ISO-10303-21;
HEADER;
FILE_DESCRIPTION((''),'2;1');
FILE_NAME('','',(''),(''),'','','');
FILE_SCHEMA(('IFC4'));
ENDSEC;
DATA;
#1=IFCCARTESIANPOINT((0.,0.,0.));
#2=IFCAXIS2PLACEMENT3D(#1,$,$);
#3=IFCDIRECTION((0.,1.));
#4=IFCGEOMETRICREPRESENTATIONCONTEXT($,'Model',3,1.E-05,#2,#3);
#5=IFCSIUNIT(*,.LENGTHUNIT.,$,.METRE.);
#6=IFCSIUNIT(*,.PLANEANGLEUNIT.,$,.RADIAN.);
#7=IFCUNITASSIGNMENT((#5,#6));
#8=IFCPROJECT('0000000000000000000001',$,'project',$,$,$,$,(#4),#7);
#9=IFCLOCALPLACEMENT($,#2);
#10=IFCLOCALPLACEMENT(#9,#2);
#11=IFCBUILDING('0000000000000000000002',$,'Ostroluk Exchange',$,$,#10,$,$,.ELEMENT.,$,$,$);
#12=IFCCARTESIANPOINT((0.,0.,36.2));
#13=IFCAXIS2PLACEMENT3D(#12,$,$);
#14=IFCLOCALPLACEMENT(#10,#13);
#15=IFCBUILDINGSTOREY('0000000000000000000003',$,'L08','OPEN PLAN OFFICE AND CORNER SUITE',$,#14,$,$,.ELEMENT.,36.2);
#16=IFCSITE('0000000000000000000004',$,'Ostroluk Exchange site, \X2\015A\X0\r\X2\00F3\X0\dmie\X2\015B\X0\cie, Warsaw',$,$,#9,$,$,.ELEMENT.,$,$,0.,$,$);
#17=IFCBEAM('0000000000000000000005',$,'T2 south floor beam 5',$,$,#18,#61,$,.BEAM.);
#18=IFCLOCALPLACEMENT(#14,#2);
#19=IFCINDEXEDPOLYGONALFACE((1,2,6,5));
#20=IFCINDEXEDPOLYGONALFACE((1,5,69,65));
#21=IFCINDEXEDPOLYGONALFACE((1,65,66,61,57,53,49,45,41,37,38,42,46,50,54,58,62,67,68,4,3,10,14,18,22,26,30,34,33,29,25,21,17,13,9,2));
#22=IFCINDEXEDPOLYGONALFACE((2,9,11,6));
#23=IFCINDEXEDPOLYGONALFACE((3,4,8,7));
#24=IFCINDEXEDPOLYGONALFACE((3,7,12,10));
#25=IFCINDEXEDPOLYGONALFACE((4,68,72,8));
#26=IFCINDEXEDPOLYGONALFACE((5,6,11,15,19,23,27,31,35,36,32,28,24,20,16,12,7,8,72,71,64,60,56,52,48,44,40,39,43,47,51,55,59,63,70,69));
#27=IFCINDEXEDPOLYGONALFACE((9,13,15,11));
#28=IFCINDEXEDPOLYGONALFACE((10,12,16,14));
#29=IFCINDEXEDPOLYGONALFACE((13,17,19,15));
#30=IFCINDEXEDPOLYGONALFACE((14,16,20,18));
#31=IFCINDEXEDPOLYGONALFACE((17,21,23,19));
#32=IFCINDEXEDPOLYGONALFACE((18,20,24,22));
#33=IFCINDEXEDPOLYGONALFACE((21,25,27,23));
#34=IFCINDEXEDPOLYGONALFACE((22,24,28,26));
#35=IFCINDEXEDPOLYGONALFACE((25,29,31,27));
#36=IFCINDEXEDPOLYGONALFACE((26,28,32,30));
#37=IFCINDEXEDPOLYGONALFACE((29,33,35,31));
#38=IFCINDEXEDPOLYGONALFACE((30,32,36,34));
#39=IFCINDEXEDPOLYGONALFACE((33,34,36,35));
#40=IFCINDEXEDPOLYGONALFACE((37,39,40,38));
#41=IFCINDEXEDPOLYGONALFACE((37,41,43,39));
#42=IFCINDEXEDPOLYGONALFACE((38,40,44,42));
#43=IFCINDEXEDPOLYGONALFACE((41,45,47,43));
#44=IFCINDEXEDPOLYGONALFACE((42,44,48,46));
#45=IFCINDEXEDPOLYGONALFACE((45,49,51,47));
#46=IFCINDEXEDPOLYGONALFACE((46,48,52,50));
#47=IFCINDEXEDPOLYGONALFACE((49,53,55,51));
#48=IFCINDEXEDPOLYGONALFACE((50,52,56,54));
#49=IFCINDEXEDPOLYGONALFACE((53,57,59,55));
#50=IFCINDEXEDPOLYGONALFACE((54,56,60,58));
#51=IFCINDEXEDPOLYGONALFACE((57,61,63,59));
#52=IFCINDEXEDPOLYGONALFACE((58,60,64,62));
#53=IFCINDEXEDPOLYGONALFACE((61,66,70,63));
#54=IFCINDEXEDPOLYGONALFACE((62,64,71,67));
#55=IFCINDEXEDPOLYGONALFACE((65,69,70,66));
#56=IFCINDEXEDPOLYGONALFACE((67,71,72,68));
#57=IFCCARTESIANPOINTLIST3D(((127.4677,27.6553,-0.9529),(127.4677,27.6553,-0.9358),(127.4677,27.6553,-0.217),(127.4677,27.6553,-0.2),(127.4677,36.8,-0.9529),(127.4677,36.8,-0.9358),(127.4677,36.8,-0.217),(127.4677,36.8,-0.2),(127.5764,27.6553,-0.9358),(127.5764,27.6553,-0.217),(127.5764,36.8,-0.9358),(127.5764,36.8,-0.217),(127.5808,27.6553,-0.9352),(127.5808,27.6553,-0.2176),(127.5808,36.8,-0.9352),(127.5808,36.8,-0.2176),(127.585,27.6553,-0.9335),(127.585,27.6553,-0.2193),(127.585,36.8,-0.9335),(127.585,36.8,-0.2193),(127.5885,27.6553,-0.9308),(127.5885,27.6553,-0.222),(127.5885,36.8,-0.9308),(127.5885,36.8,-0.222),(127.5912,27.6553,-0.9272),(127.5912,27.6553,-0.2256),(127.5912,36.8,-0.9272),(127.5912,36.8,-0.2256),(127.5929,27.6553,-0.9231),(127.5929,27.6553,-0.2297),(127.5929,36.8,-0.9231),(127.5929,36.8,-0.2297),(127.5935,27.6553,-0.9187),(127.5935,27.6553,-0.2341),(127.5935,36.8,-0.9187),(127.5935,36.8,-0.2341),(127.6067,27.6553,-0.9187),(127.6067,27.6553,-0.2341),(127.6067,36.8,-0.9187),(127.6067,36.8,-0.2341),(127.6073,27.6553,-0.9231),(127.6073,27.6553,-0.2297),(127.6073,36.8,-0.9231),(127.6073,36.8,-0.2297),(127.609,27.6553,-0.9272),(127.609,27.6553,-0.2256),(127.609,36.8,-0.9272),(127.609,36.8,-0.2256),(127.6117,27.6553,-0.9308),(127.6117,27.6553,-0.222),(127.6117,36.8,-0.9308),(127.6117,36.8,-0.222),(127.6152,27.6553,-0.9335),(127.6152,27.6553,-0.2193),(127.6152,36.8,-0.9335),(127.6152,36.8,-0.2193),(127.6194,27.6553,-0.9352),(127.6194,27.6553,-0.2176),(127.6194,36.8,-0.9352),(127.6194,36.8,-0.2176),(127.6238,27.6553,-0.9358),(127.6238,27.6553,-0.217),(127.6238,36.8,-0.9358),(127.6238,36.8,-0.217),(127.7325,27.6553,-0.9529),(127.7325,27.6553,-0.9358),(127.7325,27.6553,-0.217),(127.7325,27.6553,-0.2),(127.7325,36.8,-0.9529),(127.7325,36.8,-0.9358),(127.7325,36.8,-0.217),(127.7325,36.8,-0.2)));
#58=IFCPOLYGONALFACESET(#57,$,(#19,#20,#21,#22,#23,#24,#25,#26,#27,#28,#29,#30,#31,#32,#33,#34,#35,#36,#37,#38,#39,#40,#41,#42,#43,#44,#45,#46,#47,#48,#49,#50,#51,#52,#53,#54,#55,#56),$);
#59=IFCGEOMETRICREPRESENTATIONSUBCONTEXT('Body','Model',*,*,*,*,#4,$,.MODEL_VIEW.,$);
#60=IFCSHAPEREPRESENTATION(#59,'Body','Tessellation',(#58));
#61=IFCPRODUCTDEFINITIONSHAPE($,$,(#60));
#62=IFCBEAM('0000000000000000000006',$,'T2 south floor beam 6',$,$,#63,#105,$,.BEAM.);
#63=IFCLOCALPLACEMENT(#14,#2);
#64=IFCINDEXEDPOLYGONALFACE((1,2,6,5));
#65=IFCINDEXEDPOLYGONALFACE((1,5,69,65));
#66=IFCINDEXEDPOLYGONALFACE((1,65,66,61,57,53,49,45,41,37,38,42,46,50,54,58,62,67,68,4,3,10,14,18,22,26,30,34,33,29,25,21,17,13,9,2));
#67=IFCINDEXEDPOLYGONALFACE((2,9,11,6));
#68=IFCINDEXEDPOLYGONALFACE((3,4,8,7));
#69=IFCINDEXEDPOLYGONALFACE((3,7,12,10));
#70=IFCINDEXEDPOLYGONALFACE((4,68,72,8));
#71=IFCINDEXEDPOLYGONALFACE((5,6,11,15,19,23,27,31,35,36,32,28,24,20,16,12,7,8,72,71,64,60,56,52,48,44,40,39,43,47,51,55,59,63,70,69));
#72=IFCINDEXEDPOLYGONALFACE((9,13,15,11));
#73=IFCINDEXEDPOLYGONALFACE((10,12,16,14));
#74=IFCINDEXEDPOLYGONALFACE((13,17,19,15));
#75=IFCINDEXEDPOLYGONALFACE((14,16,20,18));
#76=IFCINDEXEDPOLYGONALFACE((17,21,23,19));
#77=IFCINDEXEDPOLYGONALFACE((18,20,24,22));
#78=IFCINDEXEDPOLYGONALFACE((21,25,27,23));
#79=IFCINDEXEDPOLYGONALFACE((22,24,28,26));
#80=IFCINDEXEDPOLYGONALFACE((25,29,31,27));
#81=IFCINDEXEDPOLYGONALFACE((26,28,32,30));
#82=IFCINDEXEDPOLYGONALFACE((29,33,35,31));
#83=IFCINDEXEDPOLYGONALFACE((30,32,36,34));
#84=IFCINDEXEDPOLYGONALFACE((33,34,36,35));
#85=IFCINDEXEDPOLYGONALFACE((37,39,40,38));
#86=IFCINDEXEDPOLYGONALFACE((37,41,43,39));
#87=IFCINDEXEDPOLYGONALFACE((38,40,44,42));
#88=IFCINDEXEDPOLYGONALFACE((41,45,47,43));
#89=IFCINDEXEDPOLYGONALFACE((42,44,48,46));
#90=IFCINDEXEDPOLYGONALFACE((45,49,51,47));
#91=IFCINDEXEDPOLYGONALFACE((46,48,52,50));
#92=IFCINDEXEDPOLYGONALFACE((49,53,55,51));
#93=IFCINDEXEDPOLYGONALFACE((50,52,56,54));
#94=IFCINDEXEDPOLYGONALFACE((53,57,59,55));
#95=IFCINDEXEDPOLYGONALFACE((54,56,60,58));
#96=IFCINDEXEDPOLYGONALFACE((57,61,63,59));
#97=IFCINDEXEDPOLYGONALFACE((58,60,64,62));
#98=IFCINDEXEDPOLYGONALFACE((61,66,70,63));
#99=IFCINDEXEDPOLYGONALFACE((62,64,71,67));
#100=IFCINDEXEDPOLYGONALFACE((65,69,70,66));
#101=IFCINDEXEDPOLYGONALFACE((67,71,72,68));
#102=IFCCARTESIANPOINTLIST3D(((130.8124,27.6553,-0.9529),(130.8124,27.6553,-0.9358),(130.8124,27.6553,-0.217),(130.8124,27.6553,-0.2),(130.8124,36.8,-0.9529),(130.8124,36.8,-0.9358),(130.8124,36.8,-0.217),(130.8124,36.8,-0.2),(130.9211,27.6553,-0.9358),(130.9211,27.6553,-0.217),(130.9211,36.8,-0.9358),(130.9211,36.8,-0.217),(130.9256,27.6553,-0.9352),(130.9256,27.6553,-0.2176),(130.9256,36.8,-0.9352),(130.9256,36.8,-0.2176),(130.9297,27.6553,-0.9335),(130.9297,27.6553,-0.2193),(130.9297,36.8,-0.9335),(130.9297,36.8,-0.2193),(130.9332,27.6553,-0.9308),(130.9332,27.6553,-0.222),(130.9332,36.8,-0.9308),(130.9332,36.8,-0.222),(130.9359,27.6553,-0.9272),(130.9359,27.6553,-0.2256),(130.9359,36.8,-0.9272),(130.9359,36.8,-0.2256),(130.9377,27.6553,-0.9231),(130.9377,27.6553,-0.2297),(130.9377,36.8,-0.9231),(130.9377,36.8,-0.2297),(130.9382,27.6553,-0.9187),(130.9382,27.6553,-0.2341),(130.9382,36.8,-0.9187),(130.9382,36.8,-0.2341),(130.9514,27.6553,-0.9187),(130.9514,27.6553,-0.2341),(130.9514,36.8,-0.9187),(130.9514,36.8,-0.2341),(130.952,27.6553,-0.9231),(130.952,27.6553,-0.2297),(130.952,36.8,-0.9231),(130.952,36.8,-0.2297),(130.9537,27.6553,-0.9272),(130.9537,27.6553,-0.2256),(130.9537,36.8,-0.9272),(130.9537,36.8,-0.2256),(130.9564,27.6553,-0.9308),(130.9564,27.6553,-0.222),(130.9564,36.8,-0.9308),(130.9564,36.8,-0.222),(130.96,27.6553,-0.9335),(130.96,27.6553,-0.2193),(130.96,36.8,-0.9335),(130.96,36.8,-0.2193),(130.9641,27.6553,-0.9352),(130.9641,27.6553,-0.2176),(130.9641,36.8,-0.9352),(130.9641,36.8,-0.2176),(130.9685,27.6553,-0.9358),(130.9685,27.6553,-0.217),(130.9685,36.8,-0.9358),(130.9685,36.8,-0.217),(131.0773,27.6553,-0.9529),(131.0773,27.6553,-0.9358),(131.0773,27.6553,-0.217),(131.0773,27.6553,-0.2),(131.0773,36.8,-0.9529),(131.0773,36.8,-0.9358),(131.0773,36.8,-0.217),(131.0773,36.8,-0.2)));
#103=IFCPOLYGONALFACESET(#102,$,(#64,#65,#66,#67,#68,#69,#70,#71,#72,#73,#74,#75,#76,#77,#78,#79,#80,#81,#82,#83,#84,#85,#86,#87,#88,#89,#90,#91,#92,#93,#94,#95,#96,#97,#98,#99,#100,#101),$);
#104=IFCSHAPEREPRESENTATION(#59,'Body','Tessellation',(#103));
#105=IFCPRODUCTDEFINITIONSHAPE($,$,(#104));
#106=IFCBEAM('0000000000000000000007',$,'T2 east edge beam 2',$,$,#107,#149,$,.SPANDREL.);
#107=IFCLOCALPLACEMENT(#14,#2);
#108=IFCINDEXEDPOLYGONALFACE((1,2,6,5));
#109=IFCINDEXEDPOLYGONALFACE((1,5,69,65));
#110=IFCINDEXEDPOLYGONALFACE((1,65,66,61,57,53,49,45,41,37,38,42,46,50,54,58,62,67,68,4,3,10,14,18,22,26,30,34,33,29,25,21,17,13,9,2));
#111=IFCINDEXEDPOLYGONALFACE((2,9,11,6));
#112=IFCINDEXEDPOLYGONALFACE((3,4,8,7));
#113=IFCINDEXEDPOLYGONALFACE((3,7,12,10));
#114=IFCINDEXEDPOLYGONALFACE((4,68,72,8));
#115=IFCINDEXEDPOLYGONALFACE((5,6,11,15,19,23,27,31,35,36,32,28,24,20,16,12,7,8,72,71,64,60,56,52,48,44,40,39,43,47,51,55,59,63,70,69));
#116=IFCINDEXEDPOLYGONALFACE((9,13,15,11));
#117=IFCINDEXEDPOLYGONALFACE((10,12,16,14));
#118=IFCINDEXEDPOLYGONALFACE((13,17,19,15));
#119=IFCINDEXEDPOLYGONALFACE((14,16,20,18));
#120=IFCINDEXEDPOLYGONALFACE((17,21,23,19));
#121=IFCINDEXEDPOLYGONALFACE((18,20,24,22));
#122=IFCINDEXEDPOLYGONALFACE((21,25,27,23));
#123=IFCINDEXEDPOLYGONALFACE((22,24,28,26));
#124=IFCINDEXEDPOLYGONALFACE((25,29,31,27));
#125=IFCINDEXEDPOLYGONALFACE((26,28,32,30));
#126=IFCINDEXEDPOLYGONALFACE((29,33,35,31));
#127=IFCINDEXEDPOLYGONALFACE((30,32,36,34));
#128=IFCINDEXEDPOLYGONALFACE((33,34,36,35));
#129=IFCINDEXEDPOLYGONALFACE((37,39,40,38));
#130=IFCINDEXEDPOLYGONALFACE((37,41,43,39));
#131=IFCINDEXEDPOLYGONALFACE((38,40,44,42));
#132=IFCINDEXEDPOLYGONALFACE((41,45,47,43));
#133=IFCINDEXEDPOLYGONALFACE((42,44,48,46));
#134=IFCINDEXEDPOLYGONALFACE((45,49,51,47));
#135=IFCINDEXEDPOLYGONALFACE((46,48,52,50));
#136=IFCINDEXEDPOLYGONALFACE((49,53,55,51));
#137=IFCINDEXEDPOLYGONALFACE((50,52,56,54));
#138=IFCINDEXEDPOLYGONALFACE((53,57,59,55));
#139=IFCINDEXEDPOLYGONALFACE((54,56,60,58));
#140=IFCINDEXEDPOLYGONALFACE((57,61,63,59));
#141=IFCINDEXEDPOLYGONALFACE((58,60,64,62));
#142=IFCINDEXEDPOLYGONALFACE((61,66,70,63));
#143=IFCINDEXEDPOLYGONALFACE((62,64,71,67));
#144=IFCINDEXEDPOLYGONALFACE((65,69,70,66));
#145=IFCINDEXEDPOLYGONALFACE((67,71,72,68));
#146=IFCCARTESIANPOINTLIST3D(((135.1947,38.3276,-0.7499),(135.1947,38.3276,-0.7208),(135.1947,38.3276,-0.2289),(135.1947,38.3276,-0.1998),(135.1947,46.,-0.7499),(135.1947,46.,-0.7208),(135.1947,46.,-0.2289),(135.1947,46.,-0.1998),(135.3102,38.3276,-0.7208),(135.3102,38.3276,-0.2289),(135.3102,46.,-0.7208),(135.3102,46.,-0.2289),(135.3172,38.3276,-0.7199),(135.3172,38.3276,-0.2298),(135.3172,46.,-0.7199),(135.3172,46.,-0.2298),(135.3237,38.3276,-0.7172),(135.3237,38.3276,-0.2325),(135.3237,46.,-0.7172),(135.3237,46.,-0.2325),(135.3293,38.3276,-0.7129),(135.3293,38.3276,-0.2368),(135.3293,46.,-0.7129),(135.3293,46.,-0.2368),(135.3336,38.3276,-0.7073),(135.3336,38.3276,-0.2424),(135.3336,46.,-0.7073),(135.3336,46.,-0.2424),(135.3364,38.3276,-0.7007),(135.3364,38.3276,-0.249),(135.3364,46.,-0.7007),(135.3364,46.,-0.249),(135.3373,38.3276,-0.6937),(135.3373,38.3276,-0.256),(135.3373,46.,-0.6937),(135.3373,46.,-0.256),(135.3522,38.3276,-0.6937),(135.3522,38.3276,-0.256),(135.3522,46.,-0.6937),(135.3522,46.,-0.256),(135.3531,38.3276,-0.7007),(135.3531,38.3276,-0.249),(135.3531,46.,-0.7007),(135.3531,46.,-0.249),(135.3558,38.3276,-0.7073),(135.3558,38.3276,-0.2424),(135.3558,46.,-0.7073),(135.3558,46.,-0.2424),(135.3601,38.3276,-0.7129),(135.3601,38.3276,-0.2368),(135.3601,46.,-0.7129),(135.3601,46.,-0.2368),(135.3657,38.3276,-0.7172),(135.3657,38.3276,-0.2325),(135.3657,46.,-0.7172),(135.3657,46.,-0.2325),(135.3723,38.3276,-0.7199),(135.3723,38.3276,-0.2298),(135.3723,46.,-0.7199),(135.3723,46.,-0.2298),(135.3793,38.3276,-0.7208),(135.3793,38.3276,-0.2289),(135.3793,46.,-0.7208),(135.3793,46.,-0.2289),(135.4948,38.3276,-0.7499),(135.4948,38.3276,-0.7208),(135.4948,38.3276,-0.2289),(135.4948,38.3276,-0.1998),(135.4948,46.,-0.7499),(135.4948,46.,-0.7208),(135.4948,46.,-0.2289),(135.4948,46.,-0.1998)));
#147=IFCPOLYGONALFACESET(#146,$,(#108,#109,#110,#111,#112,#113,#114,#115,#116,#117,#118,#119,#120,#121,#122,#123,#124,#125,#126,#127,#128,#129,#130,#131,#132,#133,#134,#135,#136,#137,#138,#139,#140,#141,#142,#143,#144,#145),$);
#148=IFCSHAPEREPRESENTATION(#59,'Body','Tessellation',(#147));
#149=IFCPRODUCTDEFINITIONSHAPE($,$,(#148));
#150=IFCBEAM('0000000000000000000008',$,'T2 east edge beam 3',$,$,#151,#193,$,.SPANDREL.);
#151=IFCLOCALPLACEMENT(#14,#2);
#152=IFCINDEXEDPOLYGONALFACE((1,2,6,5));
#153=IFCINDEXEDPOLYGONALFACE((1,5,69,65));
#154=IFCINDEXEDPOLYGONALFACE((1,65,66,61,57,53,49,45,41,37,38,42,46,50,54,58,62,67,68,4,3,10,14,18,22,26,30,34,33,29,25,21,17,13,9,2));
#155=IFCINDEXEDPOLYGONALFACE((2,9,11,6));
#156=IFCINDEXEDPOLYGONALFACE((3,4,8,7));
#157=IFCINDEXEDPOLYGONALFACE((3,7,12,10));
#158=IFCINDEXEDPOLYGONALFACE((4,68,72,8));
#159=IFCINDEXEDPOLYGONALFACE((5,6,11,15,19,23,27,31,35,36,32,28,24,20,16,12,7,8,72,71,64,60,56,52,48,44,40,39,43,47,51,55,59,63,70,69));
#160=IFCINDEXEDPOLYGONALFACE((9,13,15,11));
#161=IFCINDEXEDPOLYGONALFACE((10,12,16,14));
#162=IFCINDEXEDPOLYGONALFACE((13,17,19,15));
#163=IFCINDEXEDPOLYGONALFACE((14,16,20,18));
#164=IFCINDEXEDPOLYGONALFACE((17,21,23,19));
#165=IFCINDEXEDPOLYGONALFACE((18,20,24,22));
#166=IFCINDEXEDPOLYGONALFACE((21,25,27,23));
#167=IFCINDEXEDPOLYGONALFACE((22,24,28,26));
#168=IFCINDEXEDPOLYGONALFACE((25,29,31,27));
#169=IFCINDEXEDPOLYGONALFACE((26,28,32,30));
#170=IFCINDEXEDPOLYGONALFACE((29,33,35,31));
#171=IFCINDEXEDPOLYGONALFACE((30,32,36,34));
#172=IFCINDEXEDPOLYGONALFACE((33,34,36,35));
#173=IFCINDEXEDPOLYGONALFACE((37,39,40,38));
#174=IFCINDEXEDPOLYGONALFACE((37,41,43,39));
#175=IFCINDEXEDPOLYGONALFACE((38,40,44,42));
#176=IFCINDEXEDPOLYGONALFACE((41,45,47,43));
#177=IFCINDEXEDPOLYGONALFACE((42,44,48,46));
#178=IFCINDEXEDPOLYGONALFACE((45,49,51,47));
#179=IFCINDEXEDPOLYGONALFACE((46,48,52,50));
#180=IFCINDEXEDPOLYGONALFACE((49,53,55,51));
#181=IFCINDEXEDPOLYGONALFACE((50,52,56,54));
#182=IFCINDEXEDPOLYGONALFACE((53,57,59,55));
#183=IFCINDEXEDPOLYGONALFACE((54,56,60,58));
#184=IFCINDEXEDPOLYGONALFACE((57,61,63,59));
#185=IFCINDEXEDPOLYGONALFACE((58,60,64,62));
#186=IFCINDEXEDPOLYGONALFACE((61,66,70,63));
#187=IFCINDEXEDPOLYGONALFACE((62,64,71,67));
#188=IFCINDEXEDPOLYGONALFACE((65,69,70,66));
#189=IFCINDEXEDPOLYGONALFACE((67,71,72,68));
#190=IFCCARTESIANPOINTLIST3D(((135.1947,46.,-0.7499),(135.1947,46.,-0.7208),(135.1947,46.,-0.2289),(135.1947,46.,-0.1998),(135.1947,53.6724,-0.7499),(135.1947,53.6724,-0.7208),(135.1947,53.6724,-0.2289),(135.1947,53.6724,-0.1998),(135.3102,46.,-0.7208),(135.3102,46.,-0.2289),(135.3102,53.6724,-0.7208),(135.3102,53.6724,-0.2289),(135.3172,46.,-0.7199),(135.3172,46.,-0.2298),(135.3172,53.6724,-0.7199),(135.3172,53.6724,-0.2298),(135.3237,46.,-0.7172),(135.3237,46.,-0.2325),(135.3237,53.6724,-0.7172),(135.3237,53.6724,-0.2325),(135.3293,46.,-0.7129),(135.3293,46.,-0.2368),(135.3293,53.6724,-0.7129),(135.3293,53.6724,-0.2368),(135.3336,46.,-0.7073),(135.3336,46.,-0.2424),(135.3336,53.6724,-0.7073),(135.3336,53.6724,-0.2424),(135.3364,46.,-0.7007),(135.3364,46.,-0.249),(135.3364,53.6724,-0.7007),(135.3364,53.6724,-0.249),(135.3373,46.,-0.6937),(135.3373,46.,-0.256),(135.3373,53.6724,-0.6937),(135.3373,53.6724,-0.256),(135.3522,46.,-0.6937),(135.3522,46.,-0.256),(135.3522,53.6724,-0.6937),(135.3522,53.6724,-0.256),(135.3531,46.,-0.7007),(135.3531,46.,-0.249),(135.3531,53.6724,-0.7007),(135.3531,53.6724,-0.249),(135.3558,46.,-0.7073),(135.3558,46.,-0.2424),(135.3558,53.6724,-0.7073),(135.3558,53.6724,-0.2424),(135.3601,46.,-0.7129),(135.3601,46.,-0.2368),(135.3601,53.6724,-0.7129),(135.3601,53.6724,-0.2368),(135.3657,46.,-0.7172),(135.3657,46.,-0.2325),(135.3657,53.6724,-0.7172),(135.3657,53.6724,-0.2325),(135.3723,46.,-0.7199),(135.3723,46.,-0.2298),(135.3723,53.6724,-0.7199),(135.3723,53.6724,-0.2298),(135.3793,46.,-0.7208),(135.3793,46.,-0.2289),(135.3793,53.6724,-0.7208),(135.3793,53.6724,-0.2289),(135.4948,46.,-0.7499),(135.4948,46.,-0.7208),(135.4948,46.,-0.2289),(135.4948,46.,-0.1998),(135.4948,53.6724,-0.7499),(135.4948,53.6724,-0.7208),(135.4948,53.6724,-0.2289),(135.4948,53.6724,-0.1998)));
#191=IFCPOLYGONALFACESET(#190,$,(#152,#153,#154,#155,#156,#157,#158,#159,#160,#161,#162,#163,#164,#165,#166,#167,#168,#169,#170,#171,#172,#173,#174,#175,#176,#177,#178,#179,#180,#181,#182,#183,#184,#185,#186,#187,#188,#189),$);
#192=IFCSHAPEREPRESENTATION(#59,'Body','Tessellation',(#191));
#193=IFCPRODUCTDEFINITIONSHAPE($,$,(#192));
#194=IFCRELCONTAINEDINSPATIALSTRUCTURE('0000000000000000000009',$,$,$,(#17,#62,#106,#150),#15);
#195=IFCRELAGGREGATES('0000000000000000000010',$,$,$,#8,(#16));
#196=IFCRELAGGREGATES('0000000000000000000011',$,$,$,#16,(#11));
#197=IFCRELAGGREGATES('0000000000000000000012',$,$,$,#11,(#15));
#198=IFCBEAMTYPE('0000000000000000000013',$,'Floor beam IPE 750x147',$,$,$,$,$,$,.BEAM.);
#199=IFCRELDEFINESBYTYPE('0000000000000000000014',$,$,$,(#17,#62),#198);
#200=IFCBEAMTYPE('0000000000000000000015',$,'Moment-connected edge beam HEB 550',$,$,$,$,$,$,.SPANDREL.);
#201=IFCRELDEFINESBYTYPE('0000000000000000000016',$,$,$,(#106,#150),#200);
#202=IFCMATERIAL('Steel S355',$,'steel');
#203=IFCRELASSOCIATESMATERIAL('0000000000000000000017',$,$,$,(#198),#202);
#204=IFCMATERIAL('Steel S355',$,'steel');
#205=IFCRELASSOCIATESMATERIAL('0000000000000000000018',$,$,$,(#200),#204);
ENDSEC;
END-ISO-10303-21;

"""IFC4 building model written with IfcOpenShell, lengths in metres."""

from ifc_helpers import new_model, si_unit, direction, frame, origin, origin_2d, place, context, subcontext, project, spatial, i_section, extrude, material, material_profile, profile_set, type_object, element, save


model = new_model("IFC4")

# Units and contexts
model_context = context("Model", 3, precision=1e-05, world=origin(), true_north=direction((0.0, 1.0)))
body_context = subcontext(model_context, "Body", "Model", "MODEL_VIEW")
ifc_project = project(units=[si_unit("LENGTHUNIT", "METRE"), si_unit("PLANEANGLEUNIT", "RADIAN")], contexts=[model_context])

# Site, building, storey
site_placement = place(None, origin())
site = spatial("IfcSite", under=ifc_project, at=site_placement, Name="Ostroluk Exchange site, Śródmieście, Warsaw", CompositionType="ELEMENT", RefElevation=0.0)
building_placement = place(site_placement, origin())
building = spatial("IfcBuilding", under=site, at=building_placement, Name="Ostroluk Exchange", CompositionType="ELEMENT")
storey_placement = place(building_placement, frame((0.0, 0.0, 36.2)))
storey = spatial("IfcBuildingStorey", under=building, at=storey_placement, Name="L08", Description="OPEN PLAN OFFICE AND CORNER SUITE", CompositionType="ELEMENT", Elevation=36.2)

# Beams
ifc_material_1 = material(Name="Steel S355", Category="steel")
ifc_material_profile_1 = material_profile(ifc_material_1, i_section(OverallWidth=0.2649, OverallDepth=0.7529, WebThickness=0.0132, FlangeThickness=0.0171, FilletRadius=0.0171, at=origin_2d()), Name="IPE 750x147")
ifc_profile_set_1 = profile_set([ifc_material_profile_1], Name="Steel S355")
beam_type_1 = type_object("IfcBeamType", Name="Floor beam IPE 750x147", PredefinedType="BEAM", material=ifc_profile_set_1)
for number, where, z_axis, x_axis, name in (
    (1, (127.6001, 36.8, -0.5764), (0.0, -1.0, 0.0), (1.0, 0.0, 0.0), "T2 south floor beam 5"),
    (2, (130.9448, 36.8, -0.5764), (0.0, -1.0, 0.0), (1.0, 0.0, 0.0), "T2 south floor beam 6"),
):
    element("IfcBeam", number, at=place(storey_placement, frame(where, z_axis=z_axis, x_axis=x_axis)), inside=storey, type_object=beam_type_1, Name=name, PredefinedType="BEAM", context=body_context, shape_type="SweptSolid", body=[
        extrude(i_section(OverallWidth=0.2649, OverallDepth=0.7529, WebThickness=0.0132, FlangeThickness=0.0171, FilletRadius=0.0171, at=origin_2d()), origin(), (0.0, 0.0, 1.0), 9.1448),
    ])
ifc_material_2 = material(Name="Steel S355", Category="steel")
ifc_material_profile_2 = material_profile(ifc_material_2, i_section(OverallWidth=0.3, OverallDepth=0.55, WebThickness=0.0149, FlangeThickness=0.0291, FilletRadius=0.0271, at=origin_2d()), Name="HEB 550")
ifc_profile_set_2 = profile_set([ifc_material_profile_2], Name="Steel S355")
beam_type_2 = type_object("IfcBeamType", Name="Moment-connected edge beam HEB 550", PredefinedType="SPANDREL", material=ifc_profile_set_2)
for number, where, z_axis, x_axis, name in (
    (3, (135.3447, 38.3276, -0.4749), (0.0, 1.0, 0.0), (-1.0, 0.0, 0.0), "T2 east edge beam 2"),
    (4, (135.3447, 46.0, -0.4749), (0.0, 1.0, 0.0), (-1.0, 0.0, 0.0), "T2 east edge beam 3"),
):
    element("IfcBeam", number, at=place(storey_placement, frame(where, z_axis=z_axis, x_axis=x_axis)), inside=storey, type_object=beam_type_2, Name=name, PredefinedType="SPANDREL", context=body_context, shape_type="SweptSolid", body=[
        extrude(i_section(OverallWidth=0.3, OverallDepth=0.55, WebThickness=0.0149, FlangeThickness=0.0291, FilletRadius=0.0271, at=origin_2d()), origin(), (0.0, 0.0, 1.0), 7.6724),
    ])

save(model, "model.ifc")
